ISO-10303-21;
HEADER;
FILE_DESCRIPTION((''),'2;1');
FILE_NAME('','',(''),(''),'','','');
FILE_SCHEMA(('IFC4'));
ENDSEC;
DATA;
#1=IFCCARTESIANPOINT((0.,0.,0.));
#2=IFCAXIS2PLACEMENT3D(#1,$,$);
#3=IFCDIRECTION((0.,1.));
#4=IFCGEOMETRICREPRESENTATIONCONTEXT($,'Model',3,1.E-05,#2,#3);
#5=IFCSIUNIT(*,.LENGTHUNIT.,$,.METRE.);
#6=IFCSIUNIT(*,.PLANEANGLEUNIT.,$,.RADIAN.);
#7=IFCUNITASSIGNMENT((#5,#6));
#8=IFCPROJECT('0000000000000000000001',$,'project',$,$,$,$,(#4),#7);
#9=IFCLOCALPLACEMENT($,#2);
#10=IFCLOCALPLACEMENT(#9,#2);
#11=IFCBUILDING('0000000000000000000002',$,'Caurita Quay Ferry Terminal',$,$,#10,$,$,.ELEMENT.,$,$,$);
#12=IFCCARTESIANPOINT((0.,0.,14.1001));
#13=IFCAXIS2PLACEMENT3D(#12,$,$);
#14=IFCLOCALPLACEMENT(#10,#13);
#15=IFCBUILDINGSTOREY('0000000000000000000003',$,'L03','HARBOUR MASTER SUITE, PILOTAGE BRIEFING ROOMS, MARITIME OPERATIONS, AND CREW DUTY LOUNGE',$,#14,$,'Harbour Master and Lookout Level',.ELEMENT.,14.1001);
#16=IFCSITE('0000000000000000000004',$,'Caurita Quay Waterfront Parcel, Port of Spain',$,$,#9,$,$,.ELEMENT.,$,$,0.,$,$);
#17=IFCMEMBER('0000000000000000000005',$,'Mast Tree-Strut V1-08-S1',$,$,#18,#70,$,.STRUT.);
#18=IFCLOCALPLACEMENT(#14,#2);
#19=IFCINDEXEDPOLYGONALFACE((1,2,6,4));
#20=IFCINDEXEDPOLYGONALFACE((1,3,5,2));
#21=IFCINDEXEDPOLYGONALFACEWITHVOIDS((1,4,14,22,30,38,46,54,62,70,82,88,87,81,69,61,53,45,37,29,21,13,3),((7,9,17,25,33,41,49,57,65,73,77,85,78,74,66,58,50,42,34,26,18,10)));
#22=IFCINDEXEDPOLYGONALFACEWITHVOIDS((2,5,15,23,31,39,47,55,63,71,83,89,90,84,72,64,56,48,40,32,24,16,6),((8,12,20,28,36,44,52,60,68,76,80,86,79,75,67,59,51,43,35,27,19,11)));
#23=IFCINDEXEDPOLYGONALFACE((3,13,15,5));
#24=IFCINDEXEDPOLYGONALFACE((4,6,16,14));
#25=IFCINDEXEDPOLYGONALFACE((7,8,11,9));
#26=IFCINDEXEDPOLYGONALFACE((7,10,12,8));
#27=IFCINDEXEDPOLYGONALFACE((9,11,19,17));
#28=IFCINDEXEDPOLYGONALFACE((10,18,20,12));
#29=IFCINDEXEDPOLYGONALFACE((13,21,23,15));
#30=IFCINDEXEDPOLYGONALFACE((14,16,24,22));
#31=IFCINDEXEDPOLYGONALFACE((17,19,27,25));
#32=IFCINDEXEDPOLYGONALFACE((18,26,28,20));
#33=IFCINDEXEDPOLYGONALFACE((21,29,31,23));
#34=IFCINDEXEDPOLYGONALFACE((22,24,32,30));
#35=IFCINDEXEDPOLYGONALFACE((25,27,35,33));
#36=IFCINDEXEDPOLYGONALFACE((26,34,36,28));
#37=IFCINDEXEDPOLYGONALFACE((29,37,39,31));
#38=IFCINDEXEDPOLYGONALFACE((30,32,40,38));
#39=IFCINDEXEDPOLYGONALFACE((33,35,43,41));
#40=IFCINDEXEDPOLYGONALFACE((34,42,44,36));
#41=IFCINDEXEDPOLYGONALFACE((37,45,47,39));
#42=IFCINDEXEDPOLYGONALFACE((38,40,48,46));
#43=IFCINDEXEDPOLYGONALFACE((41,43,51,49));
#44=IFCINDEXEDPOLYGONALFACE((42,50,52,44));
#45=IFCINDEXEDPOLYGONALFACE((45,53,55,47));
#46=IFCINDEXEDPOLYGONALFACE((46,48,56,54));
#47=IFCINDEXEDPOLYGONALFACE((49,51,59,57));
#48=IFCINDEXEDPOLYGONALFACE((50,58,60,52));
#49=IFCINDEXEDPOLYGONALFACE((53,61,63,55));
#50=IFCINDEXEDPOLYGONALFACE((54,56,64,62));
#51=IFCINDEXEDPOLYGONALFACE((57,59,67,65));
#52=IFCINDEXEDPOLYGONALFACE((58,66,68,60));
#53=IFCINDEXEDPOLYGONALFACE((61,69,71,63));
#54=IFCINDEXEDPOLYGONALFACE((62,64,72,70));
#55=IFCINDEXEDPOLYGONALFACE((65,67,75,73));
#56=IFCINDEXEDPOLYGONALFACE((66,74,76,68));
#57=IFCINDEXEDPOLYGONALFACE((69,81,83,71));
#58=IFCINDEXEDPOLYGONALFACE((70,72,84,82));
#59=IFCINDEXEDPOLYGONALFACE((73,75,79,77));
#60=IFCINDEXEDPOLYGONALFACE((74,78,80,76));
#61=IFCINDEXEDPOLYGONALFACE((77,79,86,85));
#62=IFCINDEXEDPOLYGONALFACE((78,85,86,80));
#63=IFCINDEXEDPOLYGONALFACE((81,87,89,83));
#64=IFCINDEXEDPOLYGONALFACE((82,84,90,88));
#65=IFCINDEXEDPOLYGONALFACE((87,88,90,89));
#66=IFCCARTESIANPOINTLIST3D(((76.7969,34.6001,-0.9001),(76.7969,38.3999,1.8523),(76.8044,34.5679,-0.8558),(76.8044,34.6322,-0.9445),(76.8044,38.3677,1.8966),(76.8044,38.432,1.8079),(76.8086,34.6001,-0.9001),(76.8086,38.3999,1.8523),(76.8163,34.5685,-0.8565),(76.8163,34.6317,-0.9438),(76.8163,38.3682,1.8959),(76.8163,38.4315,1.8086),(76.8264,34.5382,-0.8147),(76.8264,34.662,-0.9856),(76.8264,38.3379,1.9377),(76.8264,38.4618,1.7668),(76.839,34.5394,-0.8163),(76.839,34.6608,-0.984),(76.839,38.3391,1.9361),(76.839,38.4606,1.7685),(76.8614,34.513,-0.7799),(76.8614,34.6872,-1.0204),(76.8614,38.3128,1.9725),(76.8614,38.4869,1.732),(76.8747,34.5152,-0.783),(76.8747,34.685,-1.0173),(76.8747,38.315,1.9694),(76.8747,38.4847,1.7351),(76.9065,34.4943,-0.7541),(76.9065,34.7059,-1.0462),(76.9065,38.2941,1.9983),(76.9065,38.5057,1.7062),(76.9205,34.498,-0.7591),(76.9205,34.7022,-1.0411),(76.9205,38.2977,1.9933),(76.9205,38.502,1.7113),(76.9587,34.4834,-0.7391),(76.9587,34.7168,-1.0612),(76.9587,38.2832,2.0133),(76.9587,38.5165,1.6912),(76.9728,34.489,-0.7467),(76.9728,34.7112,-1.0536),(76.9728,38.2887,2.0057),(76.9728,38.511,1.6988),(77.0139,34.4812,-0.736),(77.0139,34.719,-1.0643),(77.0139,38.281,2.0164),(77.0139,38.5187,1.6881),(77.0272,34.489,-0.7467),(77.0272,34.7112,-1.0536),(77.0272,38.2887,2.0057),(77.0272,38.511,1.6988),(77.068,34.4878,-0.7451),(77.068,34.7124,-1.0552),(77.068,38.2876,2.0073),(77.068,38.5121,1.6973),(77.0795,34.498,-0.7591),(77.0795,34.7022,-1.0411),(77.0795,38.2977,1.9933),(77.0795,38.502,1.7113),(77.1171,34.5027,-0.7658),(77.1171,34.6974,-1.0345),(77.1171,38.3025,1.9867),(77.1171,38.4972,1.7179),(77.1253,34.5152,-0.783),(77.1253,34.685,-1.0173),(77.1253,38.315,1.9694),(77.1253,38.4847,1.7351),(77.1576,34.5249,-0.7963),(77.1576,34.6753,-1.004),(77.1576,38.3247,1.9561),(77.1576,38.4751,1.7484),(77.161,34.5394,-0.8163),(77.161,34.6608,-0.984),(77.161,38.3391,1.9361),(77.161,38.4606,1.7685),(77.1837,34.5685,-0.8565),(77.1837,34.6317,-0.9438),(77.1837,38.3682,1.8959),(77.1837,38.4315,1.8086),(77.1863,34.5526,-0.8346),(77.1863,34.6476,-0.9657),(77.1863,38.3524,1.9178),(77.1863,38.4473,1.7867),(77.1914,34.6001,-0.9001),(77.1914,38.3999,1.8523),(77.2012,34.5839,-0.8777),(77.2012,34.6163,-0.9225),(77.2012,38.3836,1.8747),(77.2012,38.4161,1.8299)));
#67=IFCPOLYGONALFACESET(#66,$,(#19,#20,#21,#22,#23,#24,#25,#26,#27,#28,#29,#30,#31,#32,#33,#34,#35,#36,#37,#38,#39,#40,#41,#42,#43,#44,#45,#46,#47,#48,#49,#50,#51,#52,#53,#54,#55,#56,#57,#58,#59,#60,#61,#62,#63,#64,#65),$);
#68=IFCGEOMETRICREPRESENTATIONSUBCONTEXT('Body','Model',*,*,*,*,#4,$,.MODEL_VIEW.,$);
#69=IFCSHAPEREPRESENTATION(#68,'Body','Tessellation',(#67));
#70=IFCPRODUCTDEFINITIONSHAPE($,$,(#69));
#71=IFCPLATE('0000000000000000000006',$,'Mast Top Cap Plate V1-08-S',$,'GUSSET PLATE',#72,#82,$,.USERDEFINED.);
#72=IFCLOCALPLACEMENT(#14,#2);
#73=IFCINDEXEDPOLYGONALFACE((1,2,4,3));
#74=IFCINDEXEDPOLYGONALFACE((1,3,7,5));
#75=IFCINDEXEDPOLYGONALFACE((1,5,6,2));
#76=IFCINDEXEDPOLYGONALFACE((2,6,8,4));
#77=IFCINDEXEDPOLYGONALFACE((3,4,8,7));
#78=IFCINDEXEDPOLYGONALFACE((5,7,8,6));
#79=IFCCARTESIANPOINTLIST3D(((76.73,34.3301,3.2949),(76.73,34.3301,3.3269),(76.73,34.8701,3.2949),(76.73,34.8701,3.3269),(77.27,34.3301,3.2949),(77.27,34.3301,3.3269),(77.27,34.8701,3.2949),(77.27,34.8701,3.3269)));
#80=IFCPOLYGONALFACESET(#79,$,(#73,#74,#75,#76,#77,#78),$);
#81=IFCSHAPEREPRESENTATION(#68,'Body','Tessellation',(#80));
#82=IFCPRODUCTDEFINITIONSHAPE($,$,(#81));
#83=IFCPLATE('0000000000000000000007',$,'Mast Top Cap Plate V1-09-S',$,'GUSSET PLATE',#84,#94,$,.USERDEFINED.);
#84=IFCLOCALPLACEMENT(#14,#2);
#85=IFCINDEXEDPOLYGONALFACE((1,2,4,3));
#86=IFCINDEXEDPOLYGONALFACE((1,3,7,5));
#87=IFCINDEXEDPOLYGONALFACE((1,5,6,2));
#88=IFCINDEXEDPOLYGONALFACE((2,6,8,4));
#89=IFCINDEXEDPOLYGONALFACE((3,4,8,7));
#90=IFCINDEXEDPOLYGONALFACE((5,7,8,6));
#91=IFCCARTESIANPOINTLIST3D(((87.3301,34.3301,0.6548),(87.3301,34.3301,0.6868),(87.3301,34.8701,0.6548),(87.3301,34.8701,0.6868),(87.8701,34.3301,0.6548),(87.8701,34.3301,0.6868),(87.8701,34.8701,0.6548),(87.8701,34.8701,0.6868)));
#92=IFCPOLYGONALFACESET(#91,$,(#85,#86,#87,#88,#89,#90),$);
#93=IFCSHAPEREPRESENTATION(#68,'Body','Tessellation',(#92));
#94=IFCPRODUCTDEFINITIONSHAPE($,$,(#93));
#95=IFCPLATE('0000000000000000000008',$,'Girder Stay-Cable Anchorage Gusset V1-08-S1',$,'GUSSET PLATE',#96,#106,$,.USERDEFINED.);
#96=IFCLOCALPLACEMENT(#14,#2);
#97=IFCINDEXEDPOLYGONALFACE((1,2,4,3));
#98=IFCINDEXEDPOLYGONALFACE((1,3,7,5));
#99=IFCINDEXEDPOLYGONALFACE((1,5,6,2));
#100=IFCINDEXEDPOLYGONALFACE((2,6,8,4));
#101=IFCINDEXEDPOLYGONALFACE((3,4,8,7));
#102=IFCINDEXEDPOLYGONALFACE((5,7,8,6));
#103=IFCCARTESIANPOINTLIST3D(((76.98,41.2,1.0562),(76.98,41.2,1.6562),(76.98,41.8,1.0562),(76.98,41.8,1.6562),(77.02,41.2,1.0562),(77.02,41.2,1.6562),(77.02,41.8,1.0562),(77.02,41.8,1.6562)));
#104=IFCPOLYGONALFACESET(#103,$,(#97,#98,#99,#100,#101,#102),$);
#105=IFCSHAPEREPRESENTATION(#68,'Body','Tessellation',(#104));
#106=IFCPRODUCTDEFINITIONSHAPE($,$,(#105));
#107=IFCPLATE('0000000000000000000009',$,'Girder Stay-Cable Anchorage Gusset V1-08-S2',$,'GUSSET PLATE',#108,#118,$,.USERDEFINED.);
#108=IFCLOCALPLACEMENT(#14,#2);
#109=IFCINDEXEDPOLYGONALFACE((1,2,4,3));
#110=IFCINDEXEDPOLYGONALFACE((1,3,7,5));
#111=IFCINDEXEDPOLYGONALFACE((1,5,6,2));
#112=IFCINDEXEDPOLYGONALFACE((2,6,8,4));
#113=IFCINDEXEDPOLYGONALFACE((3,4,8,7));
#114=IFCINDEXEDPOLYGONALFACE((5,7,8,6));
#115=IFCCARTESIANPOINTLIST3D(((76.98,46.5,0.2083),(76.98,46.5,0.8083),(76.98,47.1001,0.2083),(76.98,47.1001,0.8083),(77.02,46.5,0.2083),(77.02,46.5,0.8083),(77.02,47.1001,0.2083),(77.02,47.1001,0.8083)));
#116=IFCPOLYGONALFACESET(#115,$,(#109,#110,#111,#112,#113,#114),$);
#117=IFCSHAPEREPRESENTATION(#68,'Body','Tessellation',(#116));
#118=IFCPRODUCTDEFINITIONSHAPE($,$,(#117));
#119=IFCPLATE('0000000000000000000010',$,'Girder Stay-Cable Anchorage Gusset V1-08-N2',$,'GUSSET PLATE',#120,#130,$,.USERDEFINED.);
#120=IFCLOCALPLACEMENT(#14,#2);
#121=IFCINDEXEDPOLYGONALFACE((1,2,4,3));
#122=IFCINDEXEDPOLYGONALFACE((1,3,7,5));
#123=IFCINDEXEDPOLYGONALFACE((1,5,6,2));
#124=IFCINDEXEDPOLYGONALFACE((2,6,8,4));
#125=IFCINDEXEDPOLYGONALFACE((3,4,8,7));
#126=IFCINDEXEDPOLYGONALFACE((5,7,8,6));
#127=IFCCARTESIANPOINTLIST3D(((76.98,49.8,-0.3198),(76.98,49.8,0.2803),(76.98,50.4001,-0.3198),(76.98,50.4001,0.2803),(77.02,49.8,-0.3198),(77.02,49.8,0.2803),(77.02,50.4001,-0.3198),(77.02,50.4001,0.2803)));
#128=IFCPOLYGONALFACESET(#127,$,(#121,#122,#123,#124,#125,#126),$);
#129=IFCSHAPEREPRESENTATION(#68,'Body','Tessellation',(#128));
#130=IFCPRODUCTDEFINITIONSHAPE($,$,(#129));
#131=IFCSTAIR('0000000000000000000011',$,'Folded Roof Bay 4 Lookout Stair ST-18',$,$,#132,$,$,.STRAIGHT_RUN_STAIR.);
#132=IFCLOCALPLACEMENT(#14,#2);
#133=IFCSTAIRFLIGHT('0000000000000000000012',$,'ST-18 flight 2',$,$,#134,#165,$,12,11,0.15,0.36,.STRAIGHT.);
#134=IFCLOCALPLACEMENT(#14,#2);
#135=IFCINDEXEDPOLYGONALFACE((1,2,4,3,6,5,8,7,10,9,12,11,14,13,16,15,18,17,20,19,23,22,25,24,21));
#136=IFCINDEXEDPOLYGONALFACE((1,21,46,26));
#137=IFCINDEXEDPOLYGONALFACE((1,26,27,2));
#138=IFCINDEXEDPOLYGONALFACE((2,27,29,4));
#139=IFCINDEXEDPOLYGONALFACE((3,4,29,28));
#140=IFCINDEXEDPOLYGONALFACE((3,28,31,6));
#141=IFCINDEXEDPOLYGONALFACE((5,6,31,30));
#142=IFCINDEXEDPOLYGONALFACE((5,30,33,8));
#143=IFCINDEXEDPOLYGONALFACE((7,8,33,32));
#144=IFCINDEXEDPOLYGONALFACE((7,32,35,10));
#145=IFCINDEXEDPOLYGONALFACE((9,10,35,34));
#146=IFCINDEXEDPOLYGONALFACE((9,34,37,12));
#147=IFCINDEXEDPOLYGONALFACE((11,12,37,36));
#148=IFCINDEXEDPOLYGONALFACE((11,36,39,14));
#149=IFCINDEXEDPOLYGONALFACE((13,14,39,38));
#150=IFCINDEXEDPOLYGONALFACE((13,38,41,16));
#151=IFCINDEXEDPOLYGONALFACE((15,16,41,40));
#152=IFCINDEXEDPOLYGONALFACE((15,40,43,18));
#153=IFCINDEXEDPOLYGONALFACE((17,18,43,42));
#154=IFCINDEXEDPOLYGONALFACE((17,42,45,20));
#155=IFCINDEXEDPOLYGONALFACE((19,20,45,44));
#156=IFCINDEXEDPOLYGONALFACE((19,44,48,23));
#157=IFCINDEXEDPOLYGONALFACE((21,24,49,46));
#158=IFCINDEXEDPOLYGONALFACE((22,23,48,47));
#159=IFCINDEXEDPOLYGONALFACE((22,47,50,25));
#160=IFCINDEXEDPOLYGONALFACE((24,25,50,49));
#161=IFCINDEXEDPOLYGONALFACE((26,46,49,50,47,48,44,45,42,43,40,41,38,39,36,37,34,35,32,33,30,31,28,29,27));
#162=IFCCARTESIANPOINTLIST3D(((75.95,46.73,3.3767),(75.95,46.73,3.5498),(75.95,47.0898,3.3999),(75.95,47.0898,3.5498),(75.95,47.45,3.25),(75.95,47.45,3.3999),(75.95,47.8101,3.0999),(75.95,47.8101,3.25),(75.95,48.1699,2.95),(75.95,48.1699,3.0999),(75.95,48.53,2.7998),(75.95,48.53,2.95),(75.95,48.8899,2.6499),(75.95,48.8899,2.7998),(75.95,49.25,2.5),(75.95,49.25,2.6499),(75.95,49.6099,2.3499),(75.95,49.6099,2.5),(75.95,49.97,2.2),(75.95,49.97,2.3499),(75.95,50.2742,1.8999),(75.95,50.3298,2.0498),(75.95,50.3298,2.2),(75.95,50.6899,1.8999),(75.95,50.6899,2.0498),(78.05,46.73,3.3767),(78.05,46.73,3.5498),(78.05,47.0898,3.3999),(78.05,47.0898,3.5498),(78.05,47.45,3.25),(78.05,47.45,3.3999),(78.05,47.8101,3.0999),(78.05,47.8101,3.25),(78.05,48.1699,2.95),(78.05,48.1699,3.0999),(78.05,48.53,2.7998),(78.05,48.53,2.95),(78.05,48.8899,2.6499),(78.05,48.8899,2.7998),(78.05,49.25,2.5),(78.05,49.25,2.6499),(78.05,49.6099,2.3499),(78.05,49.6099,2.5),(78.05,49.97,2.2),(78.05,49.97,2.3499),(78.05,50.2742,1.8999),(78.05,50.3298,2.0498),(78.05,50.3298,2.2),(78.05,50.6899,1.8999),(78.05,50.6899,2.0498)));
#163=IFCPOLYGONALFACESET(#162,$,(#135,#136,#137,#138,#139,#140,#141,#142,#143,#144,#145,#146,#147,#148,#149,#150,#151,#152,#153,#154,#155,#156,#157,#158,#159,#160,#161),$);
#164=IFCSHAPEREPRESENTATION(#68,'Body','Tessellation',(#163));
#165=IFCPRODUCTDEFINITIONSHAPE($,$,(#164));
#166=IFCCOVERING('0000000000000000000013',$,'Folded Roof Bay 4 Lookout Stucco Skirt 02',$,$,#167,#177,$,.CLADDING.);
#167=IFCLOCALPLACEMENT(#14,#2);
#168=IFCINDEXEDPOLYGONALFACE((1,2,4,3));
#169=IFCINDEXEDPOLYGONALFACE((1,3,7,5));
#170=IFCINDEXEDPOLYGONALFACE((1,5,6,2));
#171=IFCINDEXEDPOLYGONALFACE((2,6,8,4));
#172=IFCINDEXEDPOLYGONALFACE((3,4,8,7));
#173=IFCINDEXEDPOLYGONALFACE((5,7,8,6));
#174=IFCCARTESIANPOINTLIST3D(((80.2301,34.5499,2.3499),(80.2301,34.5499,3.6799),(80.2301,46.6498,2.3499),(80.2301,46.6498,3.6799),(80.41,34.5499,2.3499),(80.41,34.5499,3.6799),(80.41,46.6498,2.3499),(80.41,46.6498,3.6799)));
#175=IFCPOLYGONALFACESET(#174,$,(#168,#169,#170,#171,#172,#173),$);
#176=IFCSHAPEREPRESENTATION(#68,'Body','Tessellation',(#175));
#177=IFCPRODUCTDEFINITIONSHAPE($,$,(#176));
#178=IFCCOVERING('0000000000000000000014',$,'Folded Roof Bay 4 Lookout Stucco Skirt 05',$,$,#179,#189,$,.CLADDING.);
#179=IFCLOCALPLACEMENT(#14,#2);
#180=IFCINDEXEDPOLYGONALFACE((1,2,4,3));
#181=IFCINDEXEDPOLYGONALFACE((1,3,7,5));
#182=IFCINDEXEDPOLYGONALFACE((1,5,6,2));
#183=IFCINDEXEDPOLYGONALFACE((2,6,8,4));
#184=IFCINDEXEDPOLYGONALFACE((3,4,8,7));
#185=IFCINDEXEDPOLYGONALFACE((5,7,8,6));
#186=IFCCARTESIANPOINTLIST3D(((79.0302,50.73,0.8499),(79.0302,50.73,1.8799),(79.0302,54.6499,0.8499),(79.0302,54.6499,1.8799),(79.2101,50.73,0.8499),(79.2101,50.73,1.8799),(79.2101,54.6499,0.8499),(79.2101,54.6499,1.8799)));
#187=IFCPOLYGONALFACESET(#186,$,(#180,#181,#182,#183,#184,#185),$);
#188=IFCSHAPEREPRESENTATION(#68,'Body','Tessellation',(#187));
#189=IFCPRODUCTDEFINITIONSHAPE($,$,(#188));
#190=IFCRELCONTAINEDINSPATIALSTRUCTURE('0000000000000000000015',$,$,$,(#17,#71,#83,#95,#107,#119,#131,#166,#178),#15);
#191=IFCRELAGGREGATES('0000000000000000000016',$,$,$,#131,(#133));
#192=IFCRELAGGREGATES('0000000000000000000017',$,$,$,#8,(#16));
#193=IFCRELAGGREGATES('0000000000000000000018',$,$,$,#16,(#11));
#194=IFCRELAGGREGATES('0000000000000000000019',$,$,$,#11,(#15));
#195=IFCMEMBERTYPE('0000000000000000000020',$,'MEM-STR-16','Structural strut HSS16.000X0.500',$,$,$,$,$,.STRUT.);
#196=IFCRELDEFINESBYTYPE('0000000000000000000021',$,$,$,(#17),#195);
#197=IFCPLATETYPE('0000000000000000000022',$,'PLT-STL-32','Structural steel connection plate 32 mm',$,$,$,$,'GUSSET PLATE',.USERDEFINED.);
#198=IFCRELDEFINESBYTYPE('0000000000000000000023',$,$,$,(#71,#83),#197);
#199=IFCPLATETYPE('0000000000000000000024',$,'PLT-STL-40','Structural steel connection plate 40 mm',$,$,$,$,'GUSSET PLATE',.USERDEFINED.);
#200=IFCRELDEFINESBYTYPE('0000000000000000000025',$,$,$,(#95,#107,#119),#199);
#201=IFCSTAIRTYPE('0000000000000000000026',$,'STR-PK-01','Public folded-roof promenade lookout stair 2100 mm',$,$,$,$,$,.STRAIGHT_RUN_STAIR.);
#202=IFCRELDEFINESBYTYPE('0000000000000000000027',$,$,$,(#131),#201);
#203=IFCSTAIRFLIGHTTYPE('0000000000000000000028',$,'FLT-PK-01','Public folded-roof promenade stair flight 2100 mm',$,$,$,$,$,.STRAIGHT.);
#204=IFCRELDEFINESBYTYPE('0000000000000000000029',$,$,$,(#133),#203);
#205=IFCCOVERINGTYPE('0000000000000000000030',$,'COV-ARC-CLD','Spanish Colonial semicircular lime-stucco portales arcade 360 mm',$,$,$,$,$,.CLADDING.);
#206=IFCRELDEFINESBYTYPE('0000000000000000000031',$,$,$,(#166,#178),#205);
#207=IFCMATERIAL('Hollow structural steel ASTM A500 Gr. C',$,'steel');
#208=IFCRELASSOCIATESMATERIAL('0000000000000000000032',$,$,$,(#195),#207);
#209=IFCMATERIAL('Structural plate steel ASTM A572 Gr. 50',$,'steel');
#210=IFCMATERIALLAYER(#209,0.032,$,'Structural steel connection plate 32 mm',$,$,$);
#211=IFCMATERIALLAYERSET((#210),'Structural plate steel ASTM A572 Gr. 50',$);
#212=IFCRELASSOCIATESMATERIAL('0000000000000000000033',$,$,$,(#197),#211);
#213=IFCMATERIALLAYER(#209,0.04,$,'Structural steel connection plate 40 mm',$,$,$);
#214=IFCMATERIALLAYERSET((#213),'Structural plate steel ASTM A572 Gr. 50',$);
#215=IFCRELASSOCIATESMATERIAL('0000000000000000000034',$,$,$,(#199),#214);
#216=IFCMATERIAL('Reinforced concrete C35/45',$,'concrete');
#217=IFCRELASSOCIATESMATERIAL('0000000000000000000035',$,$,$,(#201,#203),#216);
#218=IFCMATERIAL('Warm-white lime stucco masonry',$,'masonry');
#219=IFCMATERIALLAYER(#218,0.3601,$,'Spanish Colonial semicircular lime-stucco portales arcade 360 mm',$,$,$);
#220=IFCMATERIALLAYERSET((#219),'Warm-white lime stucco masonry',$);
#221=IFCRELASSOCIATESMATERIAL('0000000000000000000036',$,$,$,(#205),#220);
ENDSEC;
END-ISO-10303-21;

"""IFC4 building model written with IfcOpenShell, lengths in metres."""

from ifc_helpers import new_model, si_unit, direction, frame, frame_2d, origin, origin_2d, place, context, subcontext, project, spatial, polyline, rectangle, hollow_circle, outline, extrude, material, layer, layer_set, material_profile, profile_set, type_object, element, aggregate, save


model = new_model("IFC4")

# Units and contexts
model_context = context("Model", 3, precision=1e-05, world=origin(), true_north=direction((0.0, 1.0)))
body_context = subcontext(model_context, "Body", "Model", "MODEL_VIEW")
ifc_project = project(units=[si_unit("LENGTHUNIT", "METRE"), si_unit("PLANEANGLEUNIT", "RADIAN")], contexts=[model_context])

# Site, building, storey
site_placement = place(None, origin())
site = spatial("IfcSite", under=ifc_project, at=site_placement, Name="Caurita Quay Waterfront Parcel, Port of Spain", CompositionType="ELEMENT", RefElevation=0.0)
building_placement = place(site_placement, origin())
building = spatial("IfcBuilding", under=site, at=building_placement, Name="Caurita Quay Ferry Terminal", CompositionType="ELEMENT")
storey_placement = place(building_placement, frame((0.0, 0.0, 14.1001)))
storey = spatial("IfcBuildingStorey", under=building, at=storey_placement, Name="L03", Description="HARBOUR MASTER SUITE, PILOTAGE BRIEFING ROOMS, MARITIME OPERATIONS, AND CREW DUTY LOUNGE", LongName="Harbour Master and Lookout Level", CompositionType="ELEMENT", Elevation=14.1001)

# Shared definitions
ifc_material_1 = material(Name="Hollow structural steel ASTM A500 Gr. C", Category="steel")

# Member
ifc_material_profile_1 = material_profile(ifc_material_1, hollow_circle(Radius=0.2031, WallThickness=0.0117, at=origin_2d()), Name="HSS16.000X0.500")
ifc_profile_set_1 = profile_set([ifc_material_profile_1], Name="Hollow structural steel ASTM A500 Gr. C")
member_type_1 = type_object("IfcMemberType", Name="MEM-STR-16", Description="Structural strut HSS16.000X0.500", PredefinedType="STRUT", material=ifc_profile_set_1)
member_1_placement = place(storey_placement, frame((77.0, 34.6001, -0.9001), z_axis=(0.0, 0.809855, 0.58663), x_axis=(-1.0, 0.0, 0.0)))
element("IfcMember", 1, at=member_1_placement, inside=storey, type_object=member_type_1, Name="Mast Tree-Strut V1-08-S1", PredefinedType="STRUT", context=body_context, shape_type="SweptSolid", body=[
    extrude(hollow_circle(Radius=0.2031, WallThickness=0.0117, at=origin_2d()), origin(), (0.0, 0.0, 1.0), 4.6919),
])

# Plates
ifc_material_2 = material(Name="Structural plate steel ASTM A572 Gr. 50", Category="steel")
ifc_layer_1 = layer(ifc_material_2, 0.032, Name="Structural steel connection plate 32 mm")
ifc_layer_set_1 = layer_set([ifc_layer_1], Name="Structural plate steel ASTM A572 Gr. 50")
plate_type_1 = type_object("IfcPlateType", Name="PLT-STL-32", Description="Structural steel connection plate 32 mm", ElementType="GUSSET PLATE", PredefinedType="USERDEFINED", material=ifc_layer_set_1)
for number, where, z_axis, x_axis, name in (
    (2, (77.0, 34.6001, 3.2949), (0.0, 0.0, 1.0), (1.0, 0.0, 0.0), "Mast Top Cap Plate V1-08-S"),
    (3, (87.6001, 34.6001, 0.6548), (0.0, 0.0, 1.0), (1.0, 0.0, 0.0), "Mast Top Cap Plate V1-09-S"),
):
    element("IfcPlate", number, at=place(storey_placement, frame(where, z_axis=z_axis, x_axis=x_axis)), inside=storey, type_object=plate_type_1, Name=name, ObjectType="GUSSET PLATE", PredefinedType="USERDEFINED", context=body_context, shape_type="SweptSolid", body=[
        extrude(rectangle(XDim=0.54, YDim=0.54, at=origin_2d()), origin(), (0.0, 0.0, 1.0), 0.032),
    ])
ifc_layer_2 = layer(ifc_material_2, 0.04, Name="Structural steel connection plate 40 mm")
ifc_layer_set_2 = layer_set([ifc_layer_2], Name="Structural plate steel ASTM A572 Gr. 50")
plate_type_2 = type_object("IfcPlateType", Name="PLT-STL-40", Description="Structural steel connection plate 40 mm", ElementType="GUSSET PLATE", PredefinedType="USERDEFINED", material=ifc_layer_set_2)
for number, where, z_axis, x_axis, name in (
    (4, (77.0, 41.5, 1.0562), (0.0, 0.0, 1.0), (1.0, 0.0, 0.0), "Girder Stay-Cable Anchorage Gusset V1-08-S1"),
    (5, (77.0, 46.8, 0.2083), (0.0, 0.0, 1.0), (1.0, 0.0, 0.0), "Girder Stay-Cable Anchorage Gusset V1-08-S2"),
    (6, (77.0, 50.1001, -0.3198), (0.0, 0.0, 1.0), (1.0, 0.0, 0.0), "Girder Stay-Cable Anchorage Gusset V1-08-N2"),
):
    element("IfcPlate", number, at=place(storey_placement, frame(where, z_axis=z_axis, x_axis=x_axis)), inside=storey, type_object=plate_type_2, Name=name, ObjectType="GUSSET PLATE", PredefinedType="USERDEFINED", context=body_context, shape_type="SweptSolid", body=[
        extrude(rectangle(XDim=0.04, YDim=0.6001, at=origin_2d()), origin(), (0.0, 0.0, 1.0), 0.6001),
    ])

# Stair, stair flight
ifc_material_3 = material(Name="Reinforced concrete C35/45", Category="concrete")
stair_type = type_object("IfcStairType", Name="STR-PK-01", Description="Public folded-roof promenade lookout stair 2100 mm", PredefinedType="STRAIGHT_RUN_STAIR", material=ifc_material_3)
stair_placement = place(storey_placement, origin())
stair = element("IfcStair", 7, at=stair_placement, inside=storey, type_object=stair_type, Name="Folded Roof Bay 4 Lookout Stair ST-18", PredefinedType="STRAIGHT_RUN_STAIR")
stair_flight_type = type_object("IfcStairFlightType", Name="FLT-PK-01", Description="Public folded-roof promenade stair flight 2100 mm", PredefinedType="STRAIGHT", material=ifc_material_3)
stair_flight_placement = place(storey_placement, frame((77.0, 50.6899, 1.8999), z_axis=(0.0, 0.0, 1.0), x_axis=(0.0, -1.0, 0.0)))
stair_flight = element("IfcStairFlight", 8, at=stair_flight_placement, type_object=stair_flight_type, Name="ST-18 flight 2", NumberOfRisers=12, NumberOfTreads=11, PredefinedType="STRAIGHT", RiserHeight=0.15, TreadLength=0.36, context=body_context, shape_type="SweptSolid", body=[
    extrude(outline(polyline([(0.0, 0.0), (0.0, 0.1499), (0.3601, 0.1499), (0.3601, 0.3), (0.72, 0.3), (0.72, 0.45), (1.0801, 0.45), (1.0801, 0.6001), (1.4399, 0.6001), (1.4399, 0.75), (1.8, 0.75), (1.8, 0.8999), (2.1599, 0.8999), (2.1599, 1.05), (2.52, 1.05), (2.52, 1.2), (2.8799, 1.2), (2.8799, 1.3501), (3.24, 1.3501), (3.24, 1.5), (3.6001, 1.5), (3.6001, 1.6499), (3.96, 1.6499), (3.96, 1.8), (3.96, 1.4768), (0.4158, 0.0), (0.0, 0.0)])), frame((0.0, 1.05, 0.0), z_axis=(0.0, -1.0, 0.0), x_axis=(1.0, 0.0, 0.0)), (0.0, 0.0, 1.0), 2.1001),
])
aggregate(stair, [stair_flight])

# Coverings
ifc_material_4 = material(Name="Warm-white lime stucco masonry", Category="masonry")
ifc_layer_3 = layer(ifc_material_4, 0.3601, Name="Spanish Colonial semicircular lime-stucco portales arcade 360 mm")
ifc_layer_set_3 = layer_set([ifc_layer_3], Name="Warm-white lime stucco masonry")
covering_type_1 = type_object("IfcCoveringType", Name="COV-ARC-CLD", Description="Spanish Colonial semicircular lime-stucco portales arcade 360 mm", PredefinedType="CLADDING", material=ifc_layer_set_3)
covering_1_placement = place(storey_placement, frame((80.3201, 34.55, 2.3499), z_axis=(0.0, 0.0, 1.0), x_axis=(0.0, 1.0, 0.0)))
element("IfcCovering", 9, at=covering_1_placement, inside=storey, type_object=covering_type_1, Name="Folded Roof Bay 4 Lookout Stucco Skirt 02", PredefinedType="CLADDING", context=body_context, shape_type="SweptSolid", body=[
    extrude(rectangle(XDim=12.0999, YDim=0.1799, at=frame_2d((6.0498, 0.0))), origin(), (0.0, 0.0, 1.0), 1.3301),
])
covering_2_placement = place(storey_placement, frame((79.1201, 50.73, 0.8499), z_axis=(0.0, 0.0, 1.0), x_axis=(0.0, 1.0, 0.0)))
element("IfcCovering", 10, at=covering_2_placement, inside=storey, type_object=covering_type_1, Name="Folded Roof Bay 4 Lookout Stucco Skirt 05", PredefinedType="CLADDING", context=body_context, shape_type="SweptSolid", body=[
    extrude(rectangle(XDim=3.9199, YDim=0.1799, at=frame_2d((1.96, 0.0))), origin(), (0.0, 0.0, 1.0), 1.03),
])

save(model, "model.ifc")
